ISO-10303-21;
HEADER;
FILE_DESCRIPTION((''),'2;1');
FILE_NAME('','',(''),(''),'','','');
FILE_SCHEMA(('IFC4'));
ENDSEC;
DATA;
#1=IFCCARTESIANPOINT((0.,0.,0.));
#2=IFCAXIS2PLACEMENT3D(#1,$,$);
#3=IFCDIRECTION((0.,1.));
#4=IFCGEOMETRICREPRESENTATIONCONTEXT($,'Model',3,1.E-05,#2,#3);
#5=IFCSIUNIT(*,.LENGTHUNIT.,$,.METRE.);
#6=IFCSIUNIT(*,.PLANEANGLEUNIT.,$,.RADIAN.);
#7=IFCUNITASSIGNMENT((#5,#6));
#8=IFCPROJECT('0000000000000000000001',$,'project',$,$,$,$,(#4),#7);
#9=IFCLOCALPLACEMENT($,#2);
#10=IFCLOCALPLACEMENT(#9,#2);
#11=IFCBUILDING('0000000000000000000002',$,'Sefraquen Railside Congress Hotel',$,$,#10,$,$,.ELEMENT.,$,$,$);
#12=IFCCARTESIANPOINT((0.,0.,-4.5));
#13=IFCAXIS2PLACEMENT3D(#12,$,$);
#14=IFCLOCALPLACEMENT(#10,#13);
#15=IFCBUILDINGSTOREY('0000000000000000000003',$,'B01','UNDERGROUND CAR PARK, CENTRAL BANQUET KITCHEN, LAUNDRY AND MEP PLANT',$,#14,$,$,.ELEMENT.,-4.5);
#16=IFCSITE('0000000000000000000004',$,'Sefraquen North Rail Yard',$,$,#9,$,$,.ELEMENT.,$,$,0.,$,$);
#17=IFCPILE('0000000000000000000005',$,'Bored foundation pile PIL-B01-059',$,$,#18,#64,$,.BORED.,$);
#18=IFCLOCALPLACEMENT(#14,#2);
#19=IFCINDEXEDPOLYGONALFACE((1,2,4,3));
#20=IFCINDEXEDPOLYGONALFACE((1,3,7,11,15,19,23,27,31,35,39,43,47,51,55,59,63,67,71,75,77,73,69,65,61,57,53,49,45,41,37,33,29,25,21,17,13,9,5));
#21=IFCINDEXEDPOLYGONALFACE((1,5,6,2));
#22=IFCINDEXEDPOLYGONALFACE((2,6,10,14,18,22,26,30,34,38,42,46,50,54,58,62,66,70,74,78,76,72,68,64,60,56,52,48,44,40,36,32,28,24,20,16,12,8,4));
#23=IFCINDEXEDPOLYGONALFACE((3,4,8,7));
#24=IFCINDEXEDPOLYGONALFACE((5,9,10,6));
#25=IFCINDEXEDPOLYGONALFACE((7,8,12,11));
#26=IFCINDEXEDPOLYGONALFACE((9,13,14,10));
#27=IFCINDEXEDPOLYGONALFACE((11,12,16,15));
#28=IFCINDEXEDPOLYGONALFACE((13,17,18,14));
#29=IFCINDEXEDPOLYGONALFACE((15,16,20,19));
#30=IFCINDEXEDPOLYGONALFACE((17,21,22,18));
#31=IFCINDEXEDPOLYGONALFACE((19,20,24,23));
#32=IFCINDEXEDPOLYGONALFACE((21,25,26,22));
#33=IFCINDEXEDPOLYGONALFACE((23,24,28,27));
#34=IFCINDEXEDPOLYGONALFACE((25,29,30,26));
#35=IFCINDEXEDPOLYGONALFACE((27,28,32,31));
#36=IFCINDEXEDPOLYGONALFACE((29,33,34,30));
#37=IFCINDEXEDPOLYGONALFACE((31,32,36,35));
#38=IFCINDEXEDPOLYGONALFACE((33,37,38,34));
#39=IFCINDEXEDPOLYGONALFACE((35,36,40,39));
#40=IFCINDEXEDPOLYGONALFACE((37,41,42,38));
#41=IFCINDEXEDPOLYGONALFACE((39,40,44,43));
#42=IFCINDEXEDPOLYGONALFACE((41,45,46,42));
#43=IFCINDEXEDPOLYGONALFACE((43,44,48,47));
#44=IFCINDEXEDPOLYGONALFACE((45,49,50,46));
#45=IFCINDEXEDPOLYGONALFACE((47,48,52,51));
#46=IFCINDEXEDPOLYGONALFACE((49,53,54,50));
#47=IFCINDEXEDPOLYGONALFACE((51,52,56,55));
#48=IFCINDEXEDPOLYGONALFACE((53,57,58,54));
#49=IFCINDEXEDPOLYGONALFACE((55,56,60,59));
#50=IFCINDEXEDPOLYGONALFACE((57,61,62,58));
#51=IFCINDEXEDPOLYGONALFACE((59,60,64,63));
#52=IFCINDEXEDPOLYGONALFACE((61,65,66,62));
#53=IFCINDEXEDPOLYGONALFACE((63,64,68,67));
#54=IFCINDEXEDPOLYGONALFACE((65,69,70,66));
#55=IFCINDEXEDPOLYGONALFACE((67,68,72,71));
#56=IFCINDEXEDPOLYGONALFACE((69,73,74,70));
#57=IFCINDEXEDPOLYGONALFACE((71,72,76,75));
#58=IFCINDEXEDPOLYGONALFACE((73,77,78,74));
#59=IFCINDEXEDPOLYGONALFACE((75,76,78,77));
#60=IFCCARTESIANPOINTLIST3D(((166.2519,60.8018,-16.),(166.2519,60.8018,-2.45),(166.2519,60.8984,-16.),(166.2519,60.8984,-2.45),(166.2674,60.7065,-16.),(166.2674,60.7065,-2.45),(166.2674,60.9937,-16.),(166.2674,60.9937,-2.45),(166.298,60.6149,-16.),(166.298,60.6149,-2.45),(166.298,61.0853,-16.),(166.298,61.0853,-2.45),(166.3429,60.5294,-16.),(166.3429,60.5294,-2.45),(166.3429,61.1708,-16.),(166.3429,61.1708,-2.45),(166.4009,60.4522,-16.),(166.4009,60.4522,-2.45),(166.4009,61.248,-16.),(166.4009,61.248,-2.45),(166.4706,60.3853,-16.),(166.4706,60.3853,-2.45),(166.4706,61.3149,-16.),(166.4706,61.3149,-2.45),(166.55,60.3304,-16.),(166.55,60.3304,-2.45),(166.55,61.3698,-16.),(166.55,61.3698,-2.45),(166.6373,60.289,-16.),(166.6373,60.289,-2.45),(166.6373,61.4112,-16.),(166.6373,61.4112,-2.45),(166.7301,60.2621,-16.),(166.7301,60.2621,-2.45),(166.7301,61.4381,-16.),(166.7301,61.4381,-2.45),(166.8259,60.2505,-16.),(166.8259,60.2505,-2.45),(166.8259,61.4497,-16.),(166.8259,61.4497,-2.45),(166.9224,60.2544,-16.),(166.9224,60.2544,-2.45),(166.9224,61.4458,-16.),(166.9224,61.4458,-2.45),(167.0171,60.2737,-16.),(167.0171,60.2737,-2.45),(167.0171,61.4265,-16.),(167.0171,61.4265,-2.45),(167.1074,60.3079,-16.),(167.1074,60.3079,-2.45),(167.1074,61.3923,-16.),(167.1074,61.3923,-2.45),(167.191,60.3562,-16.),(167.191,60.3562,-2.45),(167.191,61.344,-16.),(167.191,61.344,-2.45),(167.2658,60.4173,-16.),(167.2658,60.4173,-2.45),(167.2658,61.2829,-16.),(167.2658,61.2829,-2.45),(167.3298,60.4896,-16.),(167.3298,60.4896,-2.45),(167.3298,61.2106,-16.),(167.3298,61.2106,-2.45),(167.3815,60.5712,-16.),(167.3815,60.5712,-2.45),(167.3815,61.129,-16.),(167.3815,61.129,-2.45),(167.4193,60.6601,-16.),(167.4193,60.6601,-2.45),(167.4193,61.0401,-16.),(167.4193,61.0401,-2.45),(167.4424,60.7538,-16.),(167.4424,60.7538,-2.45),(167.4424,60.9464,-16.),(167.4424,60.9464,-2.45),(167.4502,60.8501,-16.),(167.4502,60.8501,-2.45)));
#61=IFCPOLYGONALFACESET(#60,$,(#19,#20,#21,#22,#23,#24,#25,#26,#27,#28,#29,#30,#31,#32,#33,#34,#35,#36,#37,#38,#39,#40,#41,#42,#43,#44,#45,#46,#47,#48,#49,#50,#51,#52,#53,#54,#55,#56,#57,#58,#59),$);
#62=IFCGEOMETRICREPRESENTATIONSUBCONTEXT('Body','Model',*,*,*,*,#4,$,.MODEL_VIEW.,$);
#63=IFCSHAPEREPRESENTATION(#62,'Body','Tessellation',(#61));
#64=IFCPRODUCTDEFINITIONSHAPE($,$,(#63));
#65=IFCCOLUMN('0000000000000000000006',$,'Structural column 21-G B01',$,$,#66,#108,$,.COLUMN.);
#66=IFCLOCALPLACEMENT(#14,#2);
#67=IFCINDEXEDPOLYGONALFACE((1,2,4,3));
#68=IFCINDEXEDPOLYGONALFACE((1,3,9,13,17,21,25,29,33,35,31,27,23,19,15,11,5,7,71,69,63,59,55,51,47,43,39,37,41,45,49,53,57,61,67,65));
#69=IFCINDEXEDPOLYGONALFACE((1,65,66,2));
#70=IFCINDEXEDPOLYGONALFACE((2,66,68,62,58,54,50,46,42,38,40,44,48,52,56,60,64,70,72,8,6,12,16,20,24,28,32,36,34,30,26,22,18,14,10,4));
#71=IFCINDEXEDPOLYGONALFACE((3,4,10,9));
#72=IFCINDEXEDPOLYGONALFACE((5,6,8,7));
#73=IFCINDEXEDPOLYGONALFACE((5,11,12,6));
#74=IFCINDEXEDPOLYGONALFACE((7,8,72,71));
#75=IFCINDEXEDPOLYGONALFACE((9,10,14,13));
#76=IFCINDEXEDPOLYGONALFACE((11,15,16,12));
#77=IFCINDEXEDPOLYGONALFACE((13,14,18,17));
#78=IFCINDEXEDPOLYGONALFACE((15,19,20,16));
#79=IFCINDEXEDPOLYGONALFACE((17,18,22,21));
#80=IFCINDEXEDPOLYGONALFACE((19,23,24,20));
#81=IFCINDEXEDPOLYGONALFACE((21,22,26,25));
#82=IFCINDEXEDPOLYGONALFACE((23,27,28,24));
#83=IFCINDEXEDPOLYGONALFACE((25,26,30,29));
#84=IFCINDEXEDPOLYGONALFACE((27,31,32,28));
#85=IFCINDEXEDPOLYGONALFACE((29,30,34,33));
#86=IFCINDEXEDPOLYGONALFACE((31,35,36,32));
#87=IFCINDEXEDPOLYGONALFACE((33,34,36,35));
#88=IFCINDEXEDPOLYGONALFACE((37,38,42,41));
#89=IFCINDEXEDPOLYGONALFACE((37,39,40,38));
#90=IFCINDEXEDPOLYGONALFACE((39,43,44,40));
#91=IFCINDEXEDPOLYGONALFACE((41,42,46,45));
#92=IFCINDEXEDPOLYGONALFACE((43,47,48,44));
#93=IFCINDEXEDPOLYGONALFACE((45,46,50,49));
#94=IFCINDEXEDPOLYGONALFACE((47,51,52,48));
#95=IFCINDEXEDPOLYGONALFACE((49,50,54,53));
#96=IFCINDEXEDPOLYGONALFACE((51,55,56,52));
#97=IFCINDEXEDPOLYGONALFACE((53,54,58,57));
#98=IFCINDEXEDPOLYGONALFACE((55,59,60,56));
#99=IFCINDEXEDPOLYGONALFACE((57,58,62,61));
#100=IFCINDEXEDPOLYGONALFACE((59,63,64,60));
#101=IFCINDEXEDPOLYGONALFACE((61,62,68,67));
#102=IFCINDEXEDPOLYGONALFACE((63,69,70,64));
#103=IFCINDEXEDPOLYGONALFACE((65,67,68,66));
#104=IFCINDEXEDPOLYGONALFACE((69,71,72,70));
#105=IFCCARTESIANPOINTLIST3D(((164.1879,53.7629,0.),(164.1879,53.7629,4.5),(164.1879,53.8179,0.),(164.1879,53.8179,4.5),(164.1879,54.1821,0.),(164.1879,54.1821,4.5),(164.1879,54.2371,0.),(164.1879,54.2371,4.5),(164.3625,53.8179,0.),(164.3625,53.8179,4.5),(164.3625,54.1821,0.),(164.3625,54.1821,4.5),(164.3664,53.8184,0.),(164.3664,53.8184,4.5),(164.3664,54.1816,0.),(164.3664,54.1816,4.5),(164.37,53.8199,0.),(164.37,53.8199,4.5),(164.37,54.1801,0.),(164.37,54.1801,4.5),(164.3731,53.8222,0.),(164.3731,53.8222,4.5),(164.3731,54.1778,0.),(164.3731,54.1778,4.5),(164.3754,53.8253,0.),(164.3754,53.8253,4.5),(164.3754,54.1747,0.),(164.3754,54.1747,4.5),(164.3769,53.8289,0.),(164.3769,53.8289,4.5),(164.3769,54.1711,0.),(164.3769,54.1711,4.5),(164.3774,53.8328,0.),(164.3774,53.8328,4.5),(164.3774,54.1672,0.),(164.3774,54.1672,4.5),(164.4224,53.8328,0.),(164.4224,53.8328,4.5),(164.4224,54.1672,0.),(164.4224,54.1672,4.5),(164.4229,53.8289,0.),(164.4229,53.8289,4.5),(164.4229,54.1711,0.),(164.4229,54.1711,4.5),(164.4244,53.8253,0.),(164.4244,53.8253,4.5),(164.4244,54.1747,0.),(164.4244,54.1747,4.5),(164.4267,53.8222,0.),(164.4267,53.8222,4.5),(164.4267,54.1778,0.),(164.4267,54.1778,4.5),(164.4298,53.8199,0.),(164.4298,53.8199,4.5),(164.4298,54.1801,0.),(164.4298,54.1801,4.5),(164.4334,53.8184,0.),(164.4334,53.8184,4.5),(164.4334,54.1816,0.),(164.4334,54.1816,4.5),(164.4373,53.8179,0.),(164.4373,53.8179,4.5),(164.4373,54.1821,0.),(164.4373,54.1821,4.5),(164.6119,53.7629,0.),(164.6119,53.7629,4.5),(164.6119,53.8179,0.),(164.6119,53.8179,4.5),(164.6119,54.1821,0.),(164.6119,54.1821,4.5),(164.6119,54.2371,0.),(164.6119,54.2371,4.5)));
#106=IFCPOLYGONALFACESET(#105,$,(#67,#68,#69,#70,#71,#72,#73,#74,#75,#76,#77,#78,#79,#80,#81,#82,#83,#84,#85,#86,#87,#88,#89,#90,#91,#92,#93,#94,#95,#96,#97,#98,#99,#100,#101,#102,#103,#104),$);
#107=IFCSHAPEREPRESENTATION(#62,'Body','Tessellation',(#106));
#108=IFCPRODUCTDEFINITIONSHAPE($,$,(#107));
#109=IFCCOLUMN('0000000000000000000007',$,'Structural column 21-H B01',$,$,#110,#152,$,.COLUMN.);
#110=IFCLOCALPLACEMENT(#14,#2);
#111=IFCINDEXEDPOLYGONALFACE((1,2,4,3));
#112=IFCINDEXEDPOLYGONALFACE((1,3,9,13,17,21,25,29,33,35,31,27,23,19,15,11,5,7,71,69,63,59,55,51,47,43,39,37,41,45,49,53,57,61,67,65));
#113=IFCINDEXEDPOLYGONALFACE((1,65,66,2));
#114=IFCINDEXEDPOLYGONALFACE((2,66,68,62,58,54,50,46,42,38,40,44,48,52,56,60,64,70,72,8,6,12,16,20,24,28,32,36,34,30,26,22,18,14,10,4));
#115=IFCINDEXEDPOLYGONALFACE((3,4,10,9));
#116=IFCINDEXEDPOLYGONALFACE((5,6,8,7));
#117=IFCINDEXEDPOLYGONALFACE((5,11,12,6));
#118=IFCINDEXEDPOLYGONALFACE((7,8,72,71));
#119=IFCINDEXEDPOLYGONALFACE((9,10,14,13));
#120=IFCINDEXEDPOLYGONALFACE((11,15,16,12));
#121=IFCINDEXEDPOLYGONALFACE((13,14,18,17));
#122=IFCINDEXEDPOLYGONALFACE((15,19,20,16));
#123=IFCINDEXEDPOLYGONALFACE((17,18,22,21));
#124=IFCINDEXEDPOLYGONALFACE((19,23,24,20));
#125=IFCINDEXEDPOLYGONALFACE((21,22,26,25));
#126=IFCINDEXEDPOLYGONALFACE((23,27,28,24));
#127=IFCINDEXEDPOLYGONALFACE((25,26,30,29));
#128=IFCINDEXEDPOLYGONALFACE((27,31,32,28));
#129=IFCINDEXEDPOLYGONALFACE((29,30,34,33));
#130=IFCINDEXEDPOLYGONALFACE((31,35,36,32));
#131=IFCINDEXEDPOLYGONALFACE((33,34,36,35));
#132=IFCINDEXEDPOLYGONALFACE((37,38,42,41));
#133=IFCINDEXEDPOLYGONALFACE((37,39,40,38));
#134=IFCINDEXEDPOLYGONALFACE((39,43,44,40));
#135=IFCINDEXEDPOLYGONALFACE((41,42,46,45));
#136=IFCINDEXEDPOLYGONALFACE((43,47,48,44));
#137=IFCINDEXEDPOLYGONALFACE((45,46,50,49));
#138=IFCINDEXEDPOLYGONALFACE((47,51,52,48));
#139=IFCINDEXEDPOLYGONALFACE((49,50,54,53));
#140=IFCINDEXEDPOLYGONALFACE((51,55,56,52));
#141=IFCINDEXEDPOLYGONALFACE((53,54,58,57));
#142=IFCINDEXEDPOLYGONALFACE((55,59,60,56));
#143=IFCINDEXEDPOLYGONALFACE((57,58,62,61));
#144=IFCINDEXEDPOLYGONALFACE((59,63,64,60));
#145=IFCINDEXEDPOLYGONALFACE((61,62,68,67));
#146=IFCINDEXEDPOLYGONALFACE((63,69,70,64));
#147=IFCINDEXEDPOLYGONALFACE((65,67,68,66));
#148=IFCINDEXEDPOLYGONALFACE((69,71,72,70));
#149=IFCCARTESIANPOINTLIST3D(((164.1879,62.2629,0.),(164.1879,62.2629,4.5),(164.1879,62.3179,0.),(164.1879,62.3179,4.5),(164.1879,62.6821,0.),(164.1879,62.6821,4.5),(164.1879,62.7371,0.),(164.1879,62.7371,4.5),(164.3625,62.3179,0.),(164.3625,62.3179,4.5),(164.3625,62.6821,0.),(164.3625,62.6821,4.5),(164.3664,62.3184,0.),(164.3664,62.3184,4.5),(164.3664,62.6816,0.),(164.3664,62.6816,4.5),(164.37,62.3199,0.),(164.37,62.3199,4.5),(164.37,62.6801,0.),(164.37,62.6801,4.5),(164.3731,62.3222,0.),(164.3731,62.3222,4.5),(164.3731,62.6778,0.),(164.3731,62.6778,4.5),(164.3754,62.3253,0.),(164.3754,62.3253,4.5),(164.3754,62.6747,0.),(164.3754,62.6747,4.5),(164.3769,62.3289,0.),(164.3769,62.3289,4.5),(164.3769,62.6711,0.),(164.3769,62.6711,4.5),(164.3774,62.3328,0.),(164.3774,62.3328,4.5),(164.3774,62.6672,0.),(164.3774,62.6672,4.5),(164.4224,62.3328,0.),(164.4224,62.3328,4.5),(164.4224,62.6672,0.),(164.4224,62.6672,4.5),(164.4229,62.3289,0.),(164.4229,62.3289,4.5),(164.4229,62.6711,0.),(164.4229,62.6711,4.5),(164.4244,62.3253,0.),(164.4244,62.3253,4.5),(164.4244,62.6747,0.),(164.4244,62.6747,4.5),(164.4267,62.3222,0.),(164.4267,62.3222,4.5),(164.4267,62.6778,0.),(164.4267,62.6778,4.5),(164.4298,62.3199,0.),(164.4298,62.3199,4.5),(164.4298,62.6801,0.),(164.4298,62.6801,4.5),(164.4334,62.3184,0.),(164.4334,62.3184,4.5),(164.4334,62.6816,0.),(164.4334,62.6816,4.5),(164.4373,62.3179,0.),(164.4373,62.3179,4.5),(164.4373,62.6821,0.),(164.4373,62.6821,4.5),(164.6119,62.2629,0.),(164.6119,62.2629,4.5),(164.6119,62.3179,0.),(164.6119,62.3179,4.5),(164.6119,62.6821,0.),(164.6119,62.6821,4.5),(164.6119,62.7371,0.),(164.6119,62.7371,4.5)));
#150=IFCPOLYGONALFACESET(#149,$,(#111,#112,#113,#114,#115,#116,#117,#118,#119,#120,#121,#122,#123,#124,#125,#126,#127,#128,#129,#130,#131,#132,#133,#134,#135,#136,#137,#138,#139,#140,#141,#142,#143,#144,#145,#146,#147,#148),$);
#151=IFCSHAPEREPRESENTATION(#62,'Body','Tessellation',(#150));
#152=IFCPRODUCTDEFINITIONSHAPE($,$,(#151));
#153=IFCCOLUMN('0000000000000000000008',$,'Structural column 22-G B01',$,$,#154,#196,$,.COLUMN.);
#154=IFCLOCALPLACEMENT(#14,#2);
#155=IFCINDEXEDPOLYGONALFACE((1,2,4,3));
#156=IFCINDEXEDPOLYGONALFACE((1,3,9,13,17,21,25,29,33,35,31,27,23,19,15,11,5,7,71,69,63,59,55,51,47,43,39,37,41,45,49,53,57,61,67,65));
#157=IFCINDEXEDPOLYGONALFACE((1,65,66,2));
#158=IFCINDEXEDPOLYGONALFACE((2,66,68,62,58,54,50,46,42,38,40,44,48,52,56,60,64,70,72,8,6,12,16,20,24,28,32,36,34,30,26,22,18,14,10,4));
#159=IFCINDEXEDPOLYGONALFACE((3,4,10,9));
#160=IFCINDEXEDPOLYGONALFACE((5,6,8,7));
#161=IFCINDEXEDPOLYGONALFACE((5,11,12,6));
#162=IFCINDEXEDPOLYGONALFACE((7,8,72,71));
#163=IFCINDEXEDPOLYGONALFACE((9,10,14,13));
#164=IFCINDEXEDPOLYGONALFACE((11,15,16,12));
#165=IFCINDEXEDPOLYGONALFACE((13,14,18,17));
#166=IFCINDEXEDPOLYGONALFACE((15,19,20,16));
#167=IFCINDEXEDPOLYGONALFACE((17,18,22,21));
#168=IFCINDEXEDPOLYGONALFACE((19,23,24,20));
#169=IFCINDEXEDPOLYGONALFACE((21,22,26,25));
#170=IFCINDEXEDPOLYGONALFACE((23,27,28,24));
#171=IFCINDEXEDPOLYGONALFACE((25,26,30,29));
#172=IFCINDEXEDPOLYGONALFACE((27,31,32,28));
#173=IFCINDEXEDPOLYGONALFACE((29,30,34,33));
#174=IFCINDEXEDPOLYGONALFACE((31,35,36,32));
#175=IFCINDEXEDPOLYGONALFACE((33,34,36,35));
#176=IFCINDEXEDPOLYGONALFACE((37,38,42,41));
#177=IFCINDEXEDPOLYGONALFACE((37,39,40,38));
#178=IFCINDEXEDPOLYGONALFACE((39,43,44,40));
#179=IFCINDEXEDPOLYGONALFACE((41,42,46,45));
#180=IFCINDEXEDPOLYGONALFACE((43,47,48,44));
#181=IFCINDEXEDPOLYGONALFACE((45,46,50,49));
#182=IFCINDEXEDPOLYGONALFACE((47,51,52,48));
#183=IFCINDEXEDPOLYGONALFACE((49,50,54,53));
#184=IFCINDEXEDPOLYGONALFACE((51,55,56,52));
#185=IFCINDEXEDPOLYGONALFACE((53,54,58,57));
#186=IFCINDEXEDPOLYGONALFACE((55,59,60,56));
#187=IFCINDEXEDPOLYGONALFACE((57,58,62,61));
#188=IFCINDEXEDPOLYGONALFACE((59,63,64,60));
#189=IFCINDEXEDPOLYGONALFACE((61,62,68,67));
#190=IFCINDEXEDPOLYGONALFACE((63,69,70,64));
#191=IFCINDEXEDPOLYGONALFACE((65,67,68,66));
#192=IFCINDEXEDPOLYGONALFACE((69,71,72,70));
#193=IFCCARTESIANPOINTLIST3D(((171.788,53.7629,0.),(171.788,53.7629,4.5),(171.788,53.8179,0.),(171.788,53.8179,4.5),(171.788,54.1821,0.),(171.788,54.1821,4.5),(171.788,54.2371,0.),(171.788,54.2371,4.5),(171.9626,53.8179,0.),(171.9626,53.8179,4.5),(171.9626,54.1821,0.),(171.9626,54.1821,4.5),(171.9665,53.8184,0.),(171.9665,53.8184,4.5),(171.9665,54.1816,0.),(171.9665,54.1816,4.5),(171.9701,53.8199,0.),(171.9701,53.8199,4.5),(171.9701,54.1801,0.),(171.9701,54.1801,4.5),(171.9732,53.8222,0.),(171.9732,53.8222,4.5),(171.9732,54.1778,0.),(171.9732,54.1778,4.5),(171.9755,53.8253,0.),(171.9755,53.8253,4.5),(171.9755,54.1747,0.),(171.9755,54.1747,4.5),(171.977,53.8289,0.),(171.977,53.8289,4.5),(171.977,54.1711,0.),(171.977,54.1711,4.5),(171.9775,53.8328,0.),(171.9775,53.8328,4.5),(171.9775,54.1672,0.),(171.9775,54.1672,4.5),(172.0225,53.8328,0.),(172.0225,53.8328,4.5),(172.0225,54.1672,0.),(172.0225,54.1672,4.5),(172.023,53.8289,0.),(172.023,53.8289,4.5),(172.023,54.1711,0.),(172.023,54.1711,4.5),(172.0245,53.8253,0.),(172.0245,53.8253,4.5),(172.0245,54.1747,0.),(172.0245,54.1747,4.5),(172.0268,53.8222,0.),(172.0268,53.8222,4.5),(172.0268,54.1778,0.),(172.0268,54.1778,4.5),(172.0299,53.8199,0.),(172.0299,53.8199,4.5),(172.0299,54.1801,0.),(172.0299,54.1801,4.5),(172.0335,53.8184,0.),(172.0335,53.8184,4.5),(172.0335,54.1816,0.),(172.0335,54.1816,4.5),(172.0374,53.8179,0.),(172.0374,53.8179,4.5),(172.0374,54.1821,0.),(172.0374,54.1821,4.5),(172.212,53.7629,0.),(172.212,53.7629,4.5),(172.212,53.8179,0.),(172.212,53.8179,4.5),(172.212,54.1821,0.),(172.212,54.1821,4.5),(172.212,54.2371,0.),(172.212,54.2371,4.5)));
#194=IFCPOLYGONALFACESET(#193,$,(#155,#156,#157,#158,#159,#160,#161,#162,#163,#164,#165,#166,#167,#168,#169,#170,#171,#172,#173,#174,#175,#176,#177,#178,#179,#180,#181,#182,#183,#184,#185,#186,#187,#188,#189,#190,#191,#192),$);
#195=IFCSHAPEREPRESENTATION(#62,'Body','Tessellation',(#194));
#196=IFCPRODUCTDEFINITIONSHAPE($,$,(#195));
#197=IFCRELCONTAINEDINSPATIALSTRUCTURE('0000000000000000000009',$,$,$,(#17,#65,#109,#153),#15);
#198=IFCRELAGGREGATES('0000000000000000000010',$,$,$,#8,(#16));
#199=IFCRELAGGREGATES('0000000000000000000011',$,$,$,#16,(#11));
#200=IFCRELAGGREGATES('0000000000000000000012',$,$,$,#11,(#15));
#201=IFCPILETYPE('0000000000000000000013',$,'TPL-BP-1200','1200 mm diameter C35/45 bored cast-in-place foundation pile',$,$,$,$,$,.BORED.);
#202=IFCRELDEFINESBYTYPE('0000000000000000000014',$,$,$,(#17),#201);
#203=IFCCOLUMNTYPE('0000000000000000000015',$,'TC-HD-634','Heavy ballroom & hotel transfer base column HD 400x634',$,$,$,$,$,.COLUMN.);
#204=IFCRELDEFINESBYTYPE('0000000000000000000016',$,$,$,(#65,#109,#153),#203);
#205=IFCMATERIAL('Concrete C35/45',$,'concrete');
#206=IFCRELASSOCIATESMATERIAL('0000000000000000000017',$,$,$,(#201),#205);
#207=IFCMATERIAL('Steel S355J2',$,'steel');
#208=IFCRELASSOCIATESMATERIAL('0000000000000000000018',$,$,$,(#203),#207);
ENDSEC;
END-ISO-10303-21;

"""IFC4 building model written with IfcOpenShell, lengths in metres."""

from ifc_helpers import new_model, si_unit, direction, frame, origin, origin_2d, place, context, subcontext, project, spatial, circle, i_section, extrude, material, material_profile, profile_set, type_object, element, save


model = new_model("IFC4")

# Units and contexts
model_context = context("Model", 3, precision=1e-05, world=origin(), true_north=direction((0.0, 1.0)))
body_context = subcontext(model_context, "Body", "Model", "MODEL_VIEW")
ifc_project = project(units=[si_unit("LENGTHUNIT", "METRE"), si_unit("PLANEANGLEUNIT", "RADIAN")], contexts=[model_context])

# Site, building, storey
site_placement = place(None, origin())
site = spatial("IfcSite", under=ifc_project, at=site_placement, Name="Sefraquen North Rail Yard", CompositionType="ELEMENT", RefElevation=0.0)
building_placement = place(site_placement, origin())
building = spatial("IfcBuilding", under=site, at=building_placement, Name="Sefraquen Railside Congress Hotel", CompositionType="ELEMENT")
storey_placement = place(building_placement, frame((0.0, 0.0, -4.5)))
storey = spatial("IfcBuildingStorey", under=building, at=storey_placement, Name="B01", Description="UNDERGROUND CAR PARK, CENTRAL BANQUET KITCHEN, LAUNDRY AND MEP PLANT", CompositionType="ELEMENT", Elevation=-4.5)

# Pile
ifc_material_1 = material(Name="Concrete C35/45", Category="concrete")
ifc_material_profile_1 = material_profile(ifc_material_1, circle(Radius=0.6001, at=origin_2d()), Name="BORED PILE 1200")
ifc_profile_set_1 = profile_set([ifc_material_profile_1], Name="Concrete C35/45")
pile_type = type_object("IfcPileType", Name="TPL-BP-1200", Description="1200 mm diameter C35/45 bored cast-in-place foundation pile", PredefinedType="BORED", material=ifc_profile_set_1)
for number, where, z_axis, x_axis, name in (
    (1, (166.8501, 60.8501, -2.45), (0.0, 0.0, -1.0), (1.0, 0.0, 0.0), "Bored foundation pile PIL-B01-059"),
):
    element("IfcPile", number, at=place(storey_placement, frame(where, z_axis=z_axis, x_axis=x_axis)), inside=storey, type_object=pile_type, Name=name, PredefinedType="BORED", context=body_context, shape_type="SweptSolid", body=[
        extrude(circle(Radius=0.6001, at=origin_2d()), origin(), (0.0, 0.0, 1.0), 13.55),
    ])

# Columns
ifc_material_2 = material(Name="Steel S355J2", Category="steel")
ifc_material_profile_2 = material_profile(ifc_material_2, i_section(OverallWidth=0.4241, OverallDepth=0.4741, WebThickness=0.0449, FlangeThickness=0.0549, FilletRadius=0.0149, at=origin_2d()), Name="HD 400x634")
ifc_profile_set_2 = profile_set([ifc_material_profile_2], Name="Steel S355J2")
column_type_1 = type_object("IfcColumnType", Name="TC-HD-634", Description="Heavy ballroom & hotel transfer base column HD 400x634", PredefinedType="COLUMN", material=ifc_profile_set_2)
for number, where, z_axis, x_axis, name in (
    (2, (164.3999, 54.0, 0.0), (0.0, 0.0, 1.0), (1.0, 0.0, 0.0), "Structural column 21-G B01"),
    (3, (164.3999, 62.5, 0.0), (0.0, 0.0, 1.0), (1.0, 0.0, 0.0), "Structural column 21-H B01"),
    (4, (172.0, 54.0, 0.0), (0.0, 0.0, 1.0), (1.0, 0.0, 0.0), "Structural column 22-G B01"),
):
    element("IfcColumn", number, at=place(storey_placement, frame(where, z_axis=z_axis, x_axis=x_axis)), inside=storey, type_object=column_type_1, Name=name, PredefinedType="COLUMN", context=body_context, shape_type="SweptSolid", body=[
        extrude(i_section(OverallWidth=0.4241, OverallDepth=0.4741, WebThickness=0.0449, FlangeThickness=0.0549, FilletRadius=0.0149, at=origin_2d()), origin(), (0.0, 0.0, 1.0), 4.5),
    ])

save(model, "model.ifc")
